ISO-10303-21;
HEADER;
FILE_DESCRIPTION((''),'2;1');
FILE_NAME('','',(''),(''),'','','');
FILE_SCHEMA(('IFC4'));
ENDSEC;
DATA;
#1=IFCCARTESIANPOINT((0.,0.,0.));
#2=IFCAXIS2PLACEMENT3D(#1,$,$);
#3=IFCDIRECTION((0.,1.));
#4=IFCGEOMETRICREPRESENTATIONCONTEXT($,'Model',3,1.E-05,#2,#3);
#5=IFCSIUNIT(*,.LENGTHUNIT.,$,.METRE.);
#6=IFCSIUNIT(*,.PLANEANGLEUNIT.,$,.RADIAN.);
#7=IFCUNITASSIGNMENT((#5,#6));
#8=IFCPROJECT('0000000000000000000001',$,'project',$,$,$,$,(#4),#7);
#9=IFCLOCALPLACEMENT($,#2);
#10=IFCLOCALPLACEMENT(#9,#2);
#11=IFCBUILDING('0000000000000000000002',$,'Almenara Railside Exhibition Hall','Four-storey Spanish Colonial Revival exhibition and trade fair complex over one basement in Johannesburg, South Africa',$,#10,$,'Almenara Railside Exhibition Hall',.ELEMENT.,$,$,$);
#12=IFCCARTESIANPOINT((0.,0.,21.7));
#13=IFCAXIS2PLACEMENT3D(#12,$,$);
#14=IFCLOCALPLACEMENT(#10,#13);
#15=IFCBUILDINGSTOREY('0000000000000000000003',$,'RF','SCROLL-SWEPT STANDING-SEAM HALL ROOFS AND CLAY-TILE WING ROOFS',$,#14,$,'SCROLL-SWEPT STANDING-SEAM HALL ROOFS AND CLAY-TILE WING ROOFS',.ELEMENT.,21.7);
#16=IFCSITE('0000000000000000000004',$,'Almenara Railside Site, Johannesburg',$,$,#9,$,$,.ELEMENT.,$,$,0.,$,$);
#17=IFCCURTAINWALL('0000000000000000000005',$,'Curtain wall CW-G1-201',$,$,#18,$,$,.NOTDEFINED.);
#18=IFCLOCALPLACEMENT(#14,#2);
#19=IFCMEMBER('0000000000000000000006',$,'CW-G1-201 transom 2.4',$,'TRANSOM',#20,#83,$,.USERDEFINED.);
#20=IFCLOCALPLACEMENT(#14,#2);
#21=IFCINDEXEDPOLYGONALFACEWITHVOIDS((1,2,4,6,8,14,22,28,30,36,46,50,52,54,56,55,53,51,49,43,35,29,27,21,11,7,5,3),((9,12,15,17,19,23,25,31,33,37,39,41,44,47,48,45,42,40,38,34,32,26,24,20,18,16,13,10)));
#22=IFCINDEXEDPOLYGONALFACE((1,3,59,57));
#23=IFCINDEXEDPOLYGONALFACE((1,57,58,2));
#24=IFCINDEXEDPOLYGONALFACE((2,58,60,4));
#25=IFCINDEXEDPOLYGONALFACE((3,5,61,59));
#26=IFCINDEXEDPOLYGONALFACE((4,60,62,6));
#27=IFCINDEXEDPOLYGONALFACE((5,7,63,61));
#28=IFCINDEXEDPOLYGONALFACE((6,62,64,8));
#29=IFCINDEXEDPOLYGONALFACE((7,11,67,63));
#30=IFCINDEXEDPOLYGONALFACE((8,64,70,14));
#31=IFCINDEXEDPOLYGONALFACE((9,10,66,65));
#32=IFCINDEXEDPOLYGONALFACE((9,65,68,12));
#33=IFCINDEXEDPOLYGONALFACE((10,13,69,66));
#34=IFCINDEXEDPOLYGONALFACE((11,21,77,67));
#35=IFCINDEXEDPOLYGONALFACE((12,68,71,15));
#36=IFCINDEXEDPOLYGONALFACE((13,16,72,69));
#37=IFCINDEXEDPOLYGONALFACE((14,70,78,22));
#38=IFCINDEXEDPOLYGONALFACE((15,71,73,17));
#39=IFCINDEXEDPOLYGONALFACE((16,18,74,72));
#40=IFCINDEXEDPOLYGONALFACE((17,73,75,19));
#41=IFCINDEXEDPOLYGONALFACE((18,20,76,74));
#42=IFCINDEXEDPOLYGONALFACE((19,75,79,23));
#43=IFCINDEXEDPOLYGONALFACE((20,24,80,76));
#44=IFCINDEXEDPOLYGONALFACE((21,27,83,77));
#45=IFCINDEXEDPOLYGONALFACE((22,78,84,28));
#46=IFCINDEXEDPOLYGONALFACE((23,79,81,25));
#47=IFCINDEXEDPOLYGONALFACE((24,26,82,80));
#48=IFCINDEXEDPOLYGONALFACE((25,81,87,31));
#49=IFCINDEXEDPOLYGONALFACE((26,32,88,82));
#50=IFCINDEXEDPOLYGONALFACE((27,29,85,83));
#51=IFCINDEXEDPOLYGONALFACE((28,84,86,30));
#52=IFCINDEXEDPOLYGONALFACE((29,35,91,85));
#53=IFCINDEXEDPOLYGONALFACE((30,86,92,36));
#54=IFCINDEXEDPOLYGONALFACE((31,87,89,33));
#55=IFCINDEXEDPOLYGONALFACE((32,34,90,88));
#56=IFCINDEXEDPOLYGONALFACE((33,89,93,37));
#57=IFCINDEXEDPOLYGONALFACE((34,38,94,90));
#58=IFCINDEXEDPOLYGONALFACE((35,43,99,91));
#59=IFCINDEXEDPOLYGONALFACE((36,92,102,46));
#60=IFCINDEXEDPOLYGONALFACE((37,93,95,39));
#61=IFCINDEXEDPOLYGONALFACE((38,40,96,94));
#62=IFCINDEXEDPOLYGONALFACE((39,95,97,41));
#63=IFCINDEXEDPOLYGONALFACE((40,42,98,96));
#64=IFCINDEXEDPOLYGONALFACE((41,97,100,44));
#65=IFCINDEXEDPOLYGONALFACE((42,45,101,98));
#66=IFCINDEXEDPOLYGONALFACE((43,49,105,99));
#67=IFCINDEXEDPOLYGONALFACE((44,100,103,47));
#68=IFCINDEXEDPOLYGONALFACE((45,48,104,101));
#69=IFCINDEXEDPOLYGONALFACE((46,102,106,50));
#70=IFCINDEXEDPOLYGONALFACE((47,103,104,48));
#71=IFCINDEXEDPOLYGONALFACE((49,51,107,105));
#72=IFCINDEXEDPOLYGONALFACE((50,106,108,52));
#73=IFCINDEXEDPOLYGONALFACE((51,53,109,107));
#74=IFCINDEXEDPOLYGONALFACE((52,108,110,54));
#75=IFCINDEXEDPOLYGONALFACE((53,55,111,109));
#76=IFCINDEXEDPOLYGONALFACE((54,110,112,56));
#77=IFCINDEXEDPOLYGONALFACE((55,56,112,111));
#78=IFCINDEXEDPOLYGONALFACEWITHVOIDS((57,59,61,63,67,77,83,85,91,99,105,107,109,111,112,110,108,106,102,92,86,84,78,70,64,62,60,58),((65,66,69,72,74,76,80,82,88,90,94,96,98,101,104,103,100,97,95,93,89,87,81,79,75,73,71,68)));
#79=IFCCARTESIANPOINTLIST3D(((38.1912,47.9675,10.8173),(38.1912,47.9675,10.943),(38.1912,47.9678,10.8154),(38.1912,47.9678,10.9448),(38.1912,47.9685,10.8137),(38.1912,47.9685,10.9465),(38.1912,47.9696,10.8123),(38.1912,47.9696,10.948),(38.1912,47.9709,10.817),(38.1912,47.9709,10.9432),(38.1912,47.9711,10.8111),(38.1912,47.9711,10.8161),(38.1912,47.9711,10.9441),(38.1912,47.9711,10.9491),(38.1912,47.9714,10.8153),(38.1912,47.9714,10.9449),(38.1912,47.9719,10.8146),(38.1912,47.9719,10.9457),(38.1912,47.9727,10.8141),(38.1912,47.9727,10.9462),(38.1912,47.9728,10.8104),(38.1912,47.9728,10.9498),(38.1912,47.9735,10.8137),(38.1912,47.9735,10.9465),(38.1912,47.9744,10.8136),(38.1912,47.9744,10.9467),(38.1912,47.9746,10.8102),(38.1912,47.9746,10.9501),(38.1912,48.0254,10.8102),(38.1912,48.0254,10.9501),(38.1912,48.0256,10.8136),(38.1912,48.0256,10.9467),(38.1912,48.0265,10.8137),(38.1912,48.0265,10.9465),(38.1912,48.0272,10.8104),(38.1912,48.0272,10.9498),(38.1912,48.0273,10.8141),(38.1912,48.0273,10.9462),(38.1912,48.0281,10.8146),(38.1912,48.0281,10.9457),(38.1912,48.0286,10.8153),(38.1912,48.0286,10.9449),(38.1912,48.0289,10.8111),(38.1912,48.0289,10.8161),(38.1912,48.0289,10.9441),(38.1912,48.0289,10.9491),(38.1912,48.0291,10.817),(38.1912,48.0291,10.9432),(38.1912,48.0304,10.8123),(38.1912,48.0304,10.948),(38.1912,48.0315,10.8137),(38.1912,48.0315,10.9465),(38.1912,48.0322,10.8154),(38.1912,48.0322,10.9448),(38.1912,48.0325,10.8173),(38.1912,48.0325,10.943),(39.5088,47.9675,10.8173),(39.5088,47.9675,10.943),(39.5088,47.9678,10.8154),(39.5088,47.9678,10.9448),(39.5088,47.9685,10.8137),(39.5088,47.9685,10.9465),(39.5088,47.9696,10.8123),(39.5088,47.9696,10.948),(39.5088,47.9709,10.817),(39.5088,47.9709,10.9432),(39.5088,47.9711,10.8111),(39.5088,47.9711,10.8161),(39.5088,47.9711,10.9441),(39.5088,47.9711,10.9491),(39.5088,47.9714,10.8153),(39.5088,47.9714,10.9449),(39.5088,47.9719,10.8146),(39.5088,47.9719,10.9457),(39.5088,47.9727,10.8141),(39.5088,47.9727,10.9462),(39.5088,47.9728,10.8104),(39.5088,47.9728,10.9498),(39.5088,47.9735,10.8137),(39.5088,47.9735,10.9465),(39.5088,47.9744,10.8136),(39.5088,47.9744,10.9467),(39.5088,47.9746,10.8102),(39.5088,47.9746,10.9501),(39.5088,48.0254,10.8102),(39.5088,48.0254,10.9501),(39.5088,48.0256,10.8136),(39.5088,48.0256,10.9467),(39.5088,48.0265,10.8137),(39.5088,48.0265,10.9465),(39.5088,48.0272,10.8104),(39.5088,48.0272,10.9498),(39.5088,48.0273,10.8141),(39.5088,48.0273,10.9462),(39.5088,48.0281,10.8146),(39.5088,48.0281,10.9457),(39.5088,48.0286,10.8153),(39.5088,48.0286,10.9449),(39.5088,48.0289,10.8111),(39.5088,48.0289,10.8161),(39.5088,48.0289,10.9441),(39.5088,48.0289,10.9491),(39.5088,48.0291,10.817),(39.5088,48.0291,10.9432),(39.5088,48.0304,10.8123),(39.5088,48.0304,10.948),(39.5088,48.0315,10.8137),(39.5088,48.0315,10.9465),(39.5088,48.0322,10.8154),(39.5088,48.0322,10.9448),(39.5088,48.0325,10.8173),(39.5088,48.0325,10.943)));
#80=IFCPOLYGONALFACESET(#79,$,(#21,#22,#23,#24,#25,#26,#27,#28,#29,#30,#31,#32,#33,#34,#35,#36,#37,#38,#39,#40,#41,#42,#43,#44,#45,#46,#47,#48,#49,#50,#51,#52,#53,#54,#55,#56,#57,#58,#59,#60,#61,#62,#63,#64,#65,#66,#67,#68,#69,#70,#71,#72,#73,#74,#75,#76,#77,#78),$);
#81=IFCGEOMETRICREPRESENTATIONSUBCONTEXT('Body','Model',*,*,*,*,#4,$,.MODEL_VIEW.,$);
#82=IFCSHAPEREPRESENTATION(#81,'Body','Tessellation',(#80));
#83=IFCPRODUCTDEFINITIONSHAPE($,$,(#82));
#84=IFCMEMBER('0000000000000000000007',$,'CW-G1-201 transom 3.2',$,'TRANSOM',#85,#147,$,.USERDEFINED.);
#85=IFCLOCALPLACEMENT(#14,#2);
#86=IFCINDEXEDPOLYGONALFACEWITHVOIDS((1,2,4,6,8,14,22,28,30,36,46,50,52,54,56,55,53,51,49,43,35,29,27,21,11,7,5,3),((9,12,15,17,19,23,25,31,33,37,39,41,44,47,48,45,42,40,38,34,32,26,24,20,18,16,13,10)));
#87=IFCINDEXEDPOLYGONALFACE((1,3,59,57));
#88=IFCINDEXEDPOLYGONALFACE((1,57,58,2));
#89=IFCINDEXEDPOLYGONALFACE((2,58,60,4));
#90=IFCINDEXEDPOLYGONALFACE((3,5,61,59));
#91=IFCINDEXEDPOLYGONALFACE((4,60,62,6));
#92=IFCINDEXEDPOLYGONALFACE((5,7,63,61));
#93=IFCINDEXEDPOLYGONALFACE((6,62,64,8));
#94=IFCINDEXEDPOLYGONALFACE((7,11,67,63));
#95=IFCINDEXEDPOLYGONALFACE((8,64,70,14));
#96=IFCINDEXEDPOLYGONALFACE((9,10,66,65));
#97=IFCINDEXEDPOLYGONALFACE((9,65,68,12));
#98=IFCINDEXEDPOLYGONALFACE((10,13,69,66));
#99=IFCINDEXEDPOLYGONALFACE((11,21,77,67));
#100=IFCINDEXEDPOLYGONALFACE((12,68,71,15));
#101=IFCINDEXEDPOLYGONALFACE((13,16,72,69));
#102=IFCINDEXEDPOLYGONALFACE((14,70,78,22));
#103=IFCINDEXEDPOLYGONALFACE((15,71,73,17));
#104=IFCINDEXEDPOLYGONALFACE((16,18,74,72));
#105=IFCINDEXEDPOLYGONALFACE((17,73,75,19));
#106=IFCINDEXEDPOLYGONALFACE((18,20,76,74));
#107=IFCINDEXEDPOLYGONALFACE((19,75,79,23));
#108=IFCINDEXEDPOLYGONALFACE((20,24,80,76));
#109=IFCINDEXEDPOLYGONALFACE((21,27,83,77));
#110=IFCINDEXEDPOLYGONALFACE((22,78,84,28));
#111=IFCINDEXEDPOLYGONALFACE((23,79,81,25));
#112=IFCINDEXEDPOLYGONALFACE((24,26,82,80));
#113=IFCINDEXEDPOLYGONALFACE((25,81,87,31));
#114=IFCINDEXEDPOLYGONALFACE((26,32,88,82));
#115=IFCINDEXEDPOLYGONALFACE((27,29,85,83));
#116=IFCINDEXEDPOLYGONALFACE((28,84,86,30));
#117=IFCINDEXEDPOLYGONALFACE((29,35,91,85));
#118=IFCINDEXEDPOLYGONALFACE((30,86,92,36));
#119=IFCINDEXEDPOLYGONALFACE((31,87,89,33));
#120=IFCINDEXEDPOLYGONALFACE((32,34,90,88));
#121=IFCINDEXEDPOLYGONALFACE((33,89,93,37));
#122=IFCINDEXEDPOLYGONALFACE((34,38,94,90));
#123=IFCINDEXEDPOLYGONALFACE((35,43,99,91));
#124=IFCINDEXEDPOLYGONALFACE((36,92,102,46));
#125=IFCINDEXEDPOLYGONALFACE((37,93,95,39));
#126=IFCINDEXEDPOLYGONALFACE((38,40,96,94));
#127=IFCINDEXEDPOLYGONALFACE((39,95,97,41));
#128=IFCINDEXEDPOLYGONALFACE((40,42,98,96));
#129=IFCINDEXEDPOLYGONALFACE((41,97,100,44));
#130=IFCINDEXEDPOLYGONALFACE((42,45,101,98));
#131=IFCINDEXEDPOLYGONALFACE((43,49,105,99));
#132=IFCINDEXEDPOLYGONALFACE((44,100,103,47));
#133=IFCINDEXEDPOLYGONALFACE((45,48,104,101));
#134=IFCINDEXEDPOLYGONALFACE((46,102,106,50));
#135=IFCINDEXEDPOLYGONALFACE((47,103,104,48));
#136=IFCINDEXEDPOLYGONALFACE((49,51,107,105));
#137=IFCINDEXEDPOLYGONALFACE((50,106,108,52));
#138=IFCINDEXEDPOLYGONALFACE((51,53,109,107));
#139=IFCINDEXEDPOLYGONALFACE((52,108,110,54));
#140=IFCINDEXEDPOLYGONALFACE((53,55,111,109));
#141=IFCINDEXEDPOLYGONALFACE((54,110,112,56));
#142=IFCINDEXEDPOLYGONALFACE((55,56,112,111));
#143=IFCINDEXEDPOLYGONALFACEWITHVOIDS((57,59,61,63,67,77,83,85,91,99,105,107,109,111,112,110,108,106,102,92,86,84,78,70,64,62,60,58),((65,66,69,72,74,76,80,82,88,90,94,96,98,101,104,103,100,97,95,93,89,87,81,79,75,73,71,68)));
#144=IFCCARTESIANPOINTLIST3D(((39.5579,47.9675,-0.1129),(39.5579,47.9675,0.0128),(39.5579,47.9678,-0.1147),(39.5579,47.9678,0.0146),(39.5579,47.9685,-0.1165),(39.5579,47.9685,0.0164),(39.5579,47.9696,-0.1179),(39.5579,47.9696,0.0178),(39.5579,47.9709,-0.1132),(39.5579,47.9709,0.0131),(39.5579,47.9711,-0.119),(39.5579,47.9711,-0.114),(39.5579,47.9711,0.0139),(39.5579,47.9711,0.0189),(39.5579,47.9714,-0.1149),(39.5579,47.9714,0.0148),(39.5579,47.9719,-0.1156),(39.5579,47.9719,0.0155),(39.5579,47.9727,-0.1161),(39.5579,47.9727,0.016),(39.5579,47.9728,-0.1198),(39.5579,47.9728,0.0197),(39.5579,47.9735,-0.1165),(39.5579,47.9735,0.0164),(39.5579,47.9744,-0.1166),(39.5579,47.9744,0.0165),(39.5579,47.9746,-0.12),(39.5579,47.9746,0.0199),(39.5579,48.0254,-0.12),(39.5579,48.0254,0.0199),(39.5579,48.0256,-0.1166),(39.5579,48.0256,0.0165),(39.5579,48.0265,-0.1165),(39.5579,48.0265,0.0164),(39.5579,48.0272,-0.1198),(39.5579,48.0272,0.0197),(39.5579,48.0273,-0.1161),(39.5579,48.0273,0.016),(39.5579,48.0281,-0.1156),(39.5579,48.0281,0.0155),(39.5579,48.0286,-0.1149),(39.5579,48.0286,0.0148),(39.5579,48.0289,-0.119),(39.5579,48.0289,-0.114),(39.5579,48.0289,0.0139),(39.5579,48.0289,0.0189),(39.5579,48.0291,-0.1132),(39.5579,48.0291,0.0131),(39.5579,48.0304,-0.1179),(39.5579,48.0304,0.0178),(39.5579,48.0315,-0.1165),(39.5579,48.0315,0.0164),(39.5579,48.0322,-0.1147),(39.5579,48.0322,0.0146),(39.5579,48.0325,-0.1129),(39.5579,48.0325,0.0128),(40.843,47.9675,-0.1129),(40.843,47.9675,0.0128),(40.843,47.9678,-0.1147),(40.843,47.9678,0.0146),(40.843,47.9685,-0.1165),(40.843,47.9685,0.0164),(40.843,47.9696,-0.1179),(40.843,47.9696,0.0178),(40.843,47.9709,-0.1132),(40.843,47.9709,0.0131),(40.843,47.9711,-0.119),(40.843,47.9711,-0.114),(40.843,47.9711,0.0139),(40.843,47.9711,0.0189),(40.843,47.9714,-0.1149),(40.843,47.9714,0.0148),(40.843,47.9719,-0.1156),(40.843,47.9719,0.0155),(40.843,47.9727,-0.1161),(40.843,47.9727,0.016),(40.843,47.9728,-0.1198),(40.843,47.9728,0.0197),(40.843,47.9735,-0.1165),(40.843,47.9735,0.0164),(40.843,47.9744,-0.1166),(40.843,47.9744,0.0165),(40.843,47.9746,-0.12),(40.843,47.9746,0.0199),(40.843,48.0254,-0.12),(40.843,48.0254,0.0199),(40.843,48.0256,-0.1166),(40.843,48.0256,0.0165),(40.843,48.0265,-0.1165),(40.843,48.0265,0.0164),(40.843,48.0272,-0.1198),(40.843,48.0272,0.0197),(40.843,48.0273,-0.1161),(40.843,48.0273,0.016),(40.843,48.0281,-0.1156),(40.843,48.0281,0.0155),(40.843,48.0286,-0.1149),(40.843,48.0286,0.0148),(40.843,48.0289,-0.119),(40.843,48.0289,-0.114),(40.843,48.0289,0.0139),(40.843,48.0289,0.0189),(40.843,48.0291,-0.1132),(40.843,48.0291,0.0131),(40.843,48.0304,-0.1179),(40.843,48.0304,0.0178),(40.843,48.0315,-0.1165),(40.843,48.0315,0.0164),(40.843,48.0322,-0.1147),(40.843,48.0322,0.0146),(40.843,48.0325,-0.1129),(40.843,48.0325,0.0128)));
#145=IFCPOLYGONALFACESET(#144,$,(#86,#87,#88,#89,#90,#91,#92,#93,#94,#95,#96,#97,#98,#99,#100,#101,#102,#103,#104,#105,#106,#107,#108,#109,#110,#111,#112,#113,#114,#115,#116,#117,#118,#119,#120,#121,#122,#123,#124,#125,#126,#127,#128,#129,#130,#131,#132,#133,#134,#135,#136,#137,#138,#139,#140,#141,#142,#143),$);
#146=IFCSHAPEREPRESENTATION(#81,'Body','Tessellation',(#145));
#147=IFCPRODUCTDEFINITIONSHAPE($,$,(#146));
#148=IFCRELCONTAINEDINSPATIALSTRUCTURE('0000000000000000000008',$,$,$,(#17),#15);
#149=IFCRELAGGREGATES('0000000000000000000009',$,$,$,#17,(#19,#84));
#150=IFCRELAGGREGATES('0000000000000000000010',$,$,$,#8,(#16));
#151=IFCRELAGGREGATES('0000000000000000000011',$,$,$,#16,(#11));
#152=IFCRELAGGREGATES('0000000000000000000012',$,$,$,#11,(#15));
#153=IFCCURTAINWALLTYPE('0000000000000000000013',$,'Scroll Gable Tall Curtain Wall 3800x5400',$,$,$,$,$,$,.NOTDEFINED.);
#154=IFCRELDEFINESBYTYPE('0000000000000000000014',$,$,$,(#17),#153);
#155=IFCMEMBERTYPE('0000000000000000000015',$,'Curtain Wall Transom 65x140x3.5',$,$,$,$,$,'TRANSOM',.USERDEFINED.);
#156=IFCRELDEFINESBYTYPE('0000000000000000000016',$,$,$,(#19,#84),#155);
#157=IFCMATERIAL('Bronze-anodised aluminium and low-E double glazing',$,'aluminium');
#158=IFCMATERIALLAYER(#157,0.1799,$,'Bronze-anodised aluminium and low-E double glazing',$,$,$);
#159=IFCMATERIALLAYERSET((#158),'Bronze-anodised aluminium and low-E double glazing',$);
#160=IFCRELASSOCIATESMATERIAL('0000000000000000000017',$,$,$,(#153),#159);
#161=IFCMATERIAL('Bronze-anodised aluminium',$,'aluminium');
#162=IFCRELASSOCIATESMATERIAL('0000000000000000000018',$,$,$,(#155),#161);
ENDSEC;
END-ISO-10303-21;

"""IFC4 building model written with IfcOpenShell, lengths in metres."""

from ifc_helpers import new_model, si_unit, direction, frame, origin, origin_2d, place, context, subcontext, project, spatial, hollow_rectangle, extrude, material, layer, layer_set, material_profile, profile_set, type_object, element, aggregate, save


model = new_model("IFC4")

# Units and contexts
model_context = context("Model", 3, precision=1e-05, world=origin(), true_north=direction((0.0, 1.0)))
body_context = subcontext(model_context, "Body", "Model", "MODEL_VIEW")
ifc_project = project(units=[si_unit("LENGTHUNIT", "METRE"), si_unit("PLANEANGLEUNIT", "RADIAN")], contexts=[model_context])

# Site, building, storey
site_placement = place(None, origin())
site = spatial("IfcSite", under=ifc_project, at=site_placement, Name="Almenara Railside Site, Johannesburg", CompositionType="ELEMENT", RefElevation=0.0)
building_placement = place(site_placement, origin())
building = spatial("IfcBuilding", under=site, at=building_placement, Name="Almenara Railside Exhibition Hall", Description="Four-storey Spanish Colonial Revival exhibition and trade fair complex over one basement in Johannesburg, South Africa", LongName="Almenara Railside Exhibition Hall", CompositionType="ELEMENT")
storey_placement = place(building_placement, frame((0.0, 0.0, 21.7)))
storey = spatial("IfcBuildingStorey", under=building, at=storey_placement, Name="RF", Description="SCROLL-SWEPT STANDING-SEAM HALL ROOFS AND CLAY-TILE WING ROOFS", LongName="SCROLL-SWEPT STANDING-SEAM HALL ROOFS AND CLAY-TILE WING ROOFS", CompositionType="ELEMENT", Elevation=21.7)

# Curtain wall, members
ifc_material_1 = material(Name="Bronze-anodised aluminium and low-E double glazing", Category="aluminium")
ifc_layer_1 = layer(ifc_material_1, 0.1799, Name="Bronze-anodised aluminium and low-E double glazing")
ifc_layer_set_1 = layer_set([ifc_layer_1], Name="Bronze-anodised aluminium and low-E double glazing")
curtain_wall_type = type_object("IfcCurtainWallType", Name="Scroll Gable Tall Curtain Wall 3800x5400", PredefinedType="NOTDEFINED", material=ifc_layer_set_1)
ifc_material_2 = material(Name="Bronze-anodised aluminium", Category="aluminium")
curtain_wall_1_placement = place(storey_placement, origin())
curtain_wall_1 = element("IfcCurtainWall", 1, at=curtain_wall_1_placement, inside=storey, type_object=curtain_wall_type, Name="Curtain wall CW-G1-201", PredefinedType="NOTDEFINED")
ifc_material_profile_1 = material_profile(ifc_material_2, hollow_rectangle(XDim=0.0649, YDim=0.1399, WallThickness=0.0034, InnerFilletRadius=0.0034, OuterFilletRadius=0.0071, at=origin_2d()), Name="ALU-TRN 65x140x3.5")
ifc_profile_set_1 = profile_set([ifc_material_profile_1], Name="Bronze-anodised aluminium")
member_type_1 = type_object("IfcMemberType", Name="Curtain Wall Transom 65x140x3.5", ElementType="TRANSOM", PredefinedType="USERDEFINED", material=ifc_profile_set_1)
member_1_placement = place(storey_placement, frame((38.1912, 48.0, 10.8801), z_axis=(1.0, 0.0, 0.0), x_axis=(0.0, 1.0, 0.0)))
member_1 = element("IfcMember", 2, at=member_1_placement, type_object=member_type_1, Name="CW-G1-201 transom 2.4", ObjectType="TRANSOM", PredefinedType="USERDEFINED", context=body_context, shape_type="SweptSolid", body=[
    extrude(hollow_rectangle(XDim=0.0649, YDim=0.1399, WallThickness=0.0034, InnerFilletRadius=0.0034, OuterFilletRadius=0.0071, at=origin_2d()), origin(), (0.0, 0.0, 1.0), 1.3176),
])
member_2_placement = place(storey_placement, frame((39.5579, 48.0, -0.05), z_axis=(1.0, 0.0, 0.0), x_axis=(0.0, 1.0, 0.0)))
member_2 = element("IfcMember", 3, at=member_2_placement, type_object=member_type_1, Name="CW-G1-201 transom 3.2", ObjectType="TRANSOM", PredefinedType="USERDEFINED", context=body_context, shape_type="SweptSolid", body=[
    extrude(hollow_rectangle(XDim=0.0649, YDim=0.1399, WallThickness=0.0034, InnerFilletRadius=0.0034, OuterFilletRadius=0.0071, at=origin_2d()), origin(), (0.0, 0.0, 1.0), 1.2852),
])

aggregate(curtain_wall_1, [member_1, member_2])

save(model, "model.ifc")
